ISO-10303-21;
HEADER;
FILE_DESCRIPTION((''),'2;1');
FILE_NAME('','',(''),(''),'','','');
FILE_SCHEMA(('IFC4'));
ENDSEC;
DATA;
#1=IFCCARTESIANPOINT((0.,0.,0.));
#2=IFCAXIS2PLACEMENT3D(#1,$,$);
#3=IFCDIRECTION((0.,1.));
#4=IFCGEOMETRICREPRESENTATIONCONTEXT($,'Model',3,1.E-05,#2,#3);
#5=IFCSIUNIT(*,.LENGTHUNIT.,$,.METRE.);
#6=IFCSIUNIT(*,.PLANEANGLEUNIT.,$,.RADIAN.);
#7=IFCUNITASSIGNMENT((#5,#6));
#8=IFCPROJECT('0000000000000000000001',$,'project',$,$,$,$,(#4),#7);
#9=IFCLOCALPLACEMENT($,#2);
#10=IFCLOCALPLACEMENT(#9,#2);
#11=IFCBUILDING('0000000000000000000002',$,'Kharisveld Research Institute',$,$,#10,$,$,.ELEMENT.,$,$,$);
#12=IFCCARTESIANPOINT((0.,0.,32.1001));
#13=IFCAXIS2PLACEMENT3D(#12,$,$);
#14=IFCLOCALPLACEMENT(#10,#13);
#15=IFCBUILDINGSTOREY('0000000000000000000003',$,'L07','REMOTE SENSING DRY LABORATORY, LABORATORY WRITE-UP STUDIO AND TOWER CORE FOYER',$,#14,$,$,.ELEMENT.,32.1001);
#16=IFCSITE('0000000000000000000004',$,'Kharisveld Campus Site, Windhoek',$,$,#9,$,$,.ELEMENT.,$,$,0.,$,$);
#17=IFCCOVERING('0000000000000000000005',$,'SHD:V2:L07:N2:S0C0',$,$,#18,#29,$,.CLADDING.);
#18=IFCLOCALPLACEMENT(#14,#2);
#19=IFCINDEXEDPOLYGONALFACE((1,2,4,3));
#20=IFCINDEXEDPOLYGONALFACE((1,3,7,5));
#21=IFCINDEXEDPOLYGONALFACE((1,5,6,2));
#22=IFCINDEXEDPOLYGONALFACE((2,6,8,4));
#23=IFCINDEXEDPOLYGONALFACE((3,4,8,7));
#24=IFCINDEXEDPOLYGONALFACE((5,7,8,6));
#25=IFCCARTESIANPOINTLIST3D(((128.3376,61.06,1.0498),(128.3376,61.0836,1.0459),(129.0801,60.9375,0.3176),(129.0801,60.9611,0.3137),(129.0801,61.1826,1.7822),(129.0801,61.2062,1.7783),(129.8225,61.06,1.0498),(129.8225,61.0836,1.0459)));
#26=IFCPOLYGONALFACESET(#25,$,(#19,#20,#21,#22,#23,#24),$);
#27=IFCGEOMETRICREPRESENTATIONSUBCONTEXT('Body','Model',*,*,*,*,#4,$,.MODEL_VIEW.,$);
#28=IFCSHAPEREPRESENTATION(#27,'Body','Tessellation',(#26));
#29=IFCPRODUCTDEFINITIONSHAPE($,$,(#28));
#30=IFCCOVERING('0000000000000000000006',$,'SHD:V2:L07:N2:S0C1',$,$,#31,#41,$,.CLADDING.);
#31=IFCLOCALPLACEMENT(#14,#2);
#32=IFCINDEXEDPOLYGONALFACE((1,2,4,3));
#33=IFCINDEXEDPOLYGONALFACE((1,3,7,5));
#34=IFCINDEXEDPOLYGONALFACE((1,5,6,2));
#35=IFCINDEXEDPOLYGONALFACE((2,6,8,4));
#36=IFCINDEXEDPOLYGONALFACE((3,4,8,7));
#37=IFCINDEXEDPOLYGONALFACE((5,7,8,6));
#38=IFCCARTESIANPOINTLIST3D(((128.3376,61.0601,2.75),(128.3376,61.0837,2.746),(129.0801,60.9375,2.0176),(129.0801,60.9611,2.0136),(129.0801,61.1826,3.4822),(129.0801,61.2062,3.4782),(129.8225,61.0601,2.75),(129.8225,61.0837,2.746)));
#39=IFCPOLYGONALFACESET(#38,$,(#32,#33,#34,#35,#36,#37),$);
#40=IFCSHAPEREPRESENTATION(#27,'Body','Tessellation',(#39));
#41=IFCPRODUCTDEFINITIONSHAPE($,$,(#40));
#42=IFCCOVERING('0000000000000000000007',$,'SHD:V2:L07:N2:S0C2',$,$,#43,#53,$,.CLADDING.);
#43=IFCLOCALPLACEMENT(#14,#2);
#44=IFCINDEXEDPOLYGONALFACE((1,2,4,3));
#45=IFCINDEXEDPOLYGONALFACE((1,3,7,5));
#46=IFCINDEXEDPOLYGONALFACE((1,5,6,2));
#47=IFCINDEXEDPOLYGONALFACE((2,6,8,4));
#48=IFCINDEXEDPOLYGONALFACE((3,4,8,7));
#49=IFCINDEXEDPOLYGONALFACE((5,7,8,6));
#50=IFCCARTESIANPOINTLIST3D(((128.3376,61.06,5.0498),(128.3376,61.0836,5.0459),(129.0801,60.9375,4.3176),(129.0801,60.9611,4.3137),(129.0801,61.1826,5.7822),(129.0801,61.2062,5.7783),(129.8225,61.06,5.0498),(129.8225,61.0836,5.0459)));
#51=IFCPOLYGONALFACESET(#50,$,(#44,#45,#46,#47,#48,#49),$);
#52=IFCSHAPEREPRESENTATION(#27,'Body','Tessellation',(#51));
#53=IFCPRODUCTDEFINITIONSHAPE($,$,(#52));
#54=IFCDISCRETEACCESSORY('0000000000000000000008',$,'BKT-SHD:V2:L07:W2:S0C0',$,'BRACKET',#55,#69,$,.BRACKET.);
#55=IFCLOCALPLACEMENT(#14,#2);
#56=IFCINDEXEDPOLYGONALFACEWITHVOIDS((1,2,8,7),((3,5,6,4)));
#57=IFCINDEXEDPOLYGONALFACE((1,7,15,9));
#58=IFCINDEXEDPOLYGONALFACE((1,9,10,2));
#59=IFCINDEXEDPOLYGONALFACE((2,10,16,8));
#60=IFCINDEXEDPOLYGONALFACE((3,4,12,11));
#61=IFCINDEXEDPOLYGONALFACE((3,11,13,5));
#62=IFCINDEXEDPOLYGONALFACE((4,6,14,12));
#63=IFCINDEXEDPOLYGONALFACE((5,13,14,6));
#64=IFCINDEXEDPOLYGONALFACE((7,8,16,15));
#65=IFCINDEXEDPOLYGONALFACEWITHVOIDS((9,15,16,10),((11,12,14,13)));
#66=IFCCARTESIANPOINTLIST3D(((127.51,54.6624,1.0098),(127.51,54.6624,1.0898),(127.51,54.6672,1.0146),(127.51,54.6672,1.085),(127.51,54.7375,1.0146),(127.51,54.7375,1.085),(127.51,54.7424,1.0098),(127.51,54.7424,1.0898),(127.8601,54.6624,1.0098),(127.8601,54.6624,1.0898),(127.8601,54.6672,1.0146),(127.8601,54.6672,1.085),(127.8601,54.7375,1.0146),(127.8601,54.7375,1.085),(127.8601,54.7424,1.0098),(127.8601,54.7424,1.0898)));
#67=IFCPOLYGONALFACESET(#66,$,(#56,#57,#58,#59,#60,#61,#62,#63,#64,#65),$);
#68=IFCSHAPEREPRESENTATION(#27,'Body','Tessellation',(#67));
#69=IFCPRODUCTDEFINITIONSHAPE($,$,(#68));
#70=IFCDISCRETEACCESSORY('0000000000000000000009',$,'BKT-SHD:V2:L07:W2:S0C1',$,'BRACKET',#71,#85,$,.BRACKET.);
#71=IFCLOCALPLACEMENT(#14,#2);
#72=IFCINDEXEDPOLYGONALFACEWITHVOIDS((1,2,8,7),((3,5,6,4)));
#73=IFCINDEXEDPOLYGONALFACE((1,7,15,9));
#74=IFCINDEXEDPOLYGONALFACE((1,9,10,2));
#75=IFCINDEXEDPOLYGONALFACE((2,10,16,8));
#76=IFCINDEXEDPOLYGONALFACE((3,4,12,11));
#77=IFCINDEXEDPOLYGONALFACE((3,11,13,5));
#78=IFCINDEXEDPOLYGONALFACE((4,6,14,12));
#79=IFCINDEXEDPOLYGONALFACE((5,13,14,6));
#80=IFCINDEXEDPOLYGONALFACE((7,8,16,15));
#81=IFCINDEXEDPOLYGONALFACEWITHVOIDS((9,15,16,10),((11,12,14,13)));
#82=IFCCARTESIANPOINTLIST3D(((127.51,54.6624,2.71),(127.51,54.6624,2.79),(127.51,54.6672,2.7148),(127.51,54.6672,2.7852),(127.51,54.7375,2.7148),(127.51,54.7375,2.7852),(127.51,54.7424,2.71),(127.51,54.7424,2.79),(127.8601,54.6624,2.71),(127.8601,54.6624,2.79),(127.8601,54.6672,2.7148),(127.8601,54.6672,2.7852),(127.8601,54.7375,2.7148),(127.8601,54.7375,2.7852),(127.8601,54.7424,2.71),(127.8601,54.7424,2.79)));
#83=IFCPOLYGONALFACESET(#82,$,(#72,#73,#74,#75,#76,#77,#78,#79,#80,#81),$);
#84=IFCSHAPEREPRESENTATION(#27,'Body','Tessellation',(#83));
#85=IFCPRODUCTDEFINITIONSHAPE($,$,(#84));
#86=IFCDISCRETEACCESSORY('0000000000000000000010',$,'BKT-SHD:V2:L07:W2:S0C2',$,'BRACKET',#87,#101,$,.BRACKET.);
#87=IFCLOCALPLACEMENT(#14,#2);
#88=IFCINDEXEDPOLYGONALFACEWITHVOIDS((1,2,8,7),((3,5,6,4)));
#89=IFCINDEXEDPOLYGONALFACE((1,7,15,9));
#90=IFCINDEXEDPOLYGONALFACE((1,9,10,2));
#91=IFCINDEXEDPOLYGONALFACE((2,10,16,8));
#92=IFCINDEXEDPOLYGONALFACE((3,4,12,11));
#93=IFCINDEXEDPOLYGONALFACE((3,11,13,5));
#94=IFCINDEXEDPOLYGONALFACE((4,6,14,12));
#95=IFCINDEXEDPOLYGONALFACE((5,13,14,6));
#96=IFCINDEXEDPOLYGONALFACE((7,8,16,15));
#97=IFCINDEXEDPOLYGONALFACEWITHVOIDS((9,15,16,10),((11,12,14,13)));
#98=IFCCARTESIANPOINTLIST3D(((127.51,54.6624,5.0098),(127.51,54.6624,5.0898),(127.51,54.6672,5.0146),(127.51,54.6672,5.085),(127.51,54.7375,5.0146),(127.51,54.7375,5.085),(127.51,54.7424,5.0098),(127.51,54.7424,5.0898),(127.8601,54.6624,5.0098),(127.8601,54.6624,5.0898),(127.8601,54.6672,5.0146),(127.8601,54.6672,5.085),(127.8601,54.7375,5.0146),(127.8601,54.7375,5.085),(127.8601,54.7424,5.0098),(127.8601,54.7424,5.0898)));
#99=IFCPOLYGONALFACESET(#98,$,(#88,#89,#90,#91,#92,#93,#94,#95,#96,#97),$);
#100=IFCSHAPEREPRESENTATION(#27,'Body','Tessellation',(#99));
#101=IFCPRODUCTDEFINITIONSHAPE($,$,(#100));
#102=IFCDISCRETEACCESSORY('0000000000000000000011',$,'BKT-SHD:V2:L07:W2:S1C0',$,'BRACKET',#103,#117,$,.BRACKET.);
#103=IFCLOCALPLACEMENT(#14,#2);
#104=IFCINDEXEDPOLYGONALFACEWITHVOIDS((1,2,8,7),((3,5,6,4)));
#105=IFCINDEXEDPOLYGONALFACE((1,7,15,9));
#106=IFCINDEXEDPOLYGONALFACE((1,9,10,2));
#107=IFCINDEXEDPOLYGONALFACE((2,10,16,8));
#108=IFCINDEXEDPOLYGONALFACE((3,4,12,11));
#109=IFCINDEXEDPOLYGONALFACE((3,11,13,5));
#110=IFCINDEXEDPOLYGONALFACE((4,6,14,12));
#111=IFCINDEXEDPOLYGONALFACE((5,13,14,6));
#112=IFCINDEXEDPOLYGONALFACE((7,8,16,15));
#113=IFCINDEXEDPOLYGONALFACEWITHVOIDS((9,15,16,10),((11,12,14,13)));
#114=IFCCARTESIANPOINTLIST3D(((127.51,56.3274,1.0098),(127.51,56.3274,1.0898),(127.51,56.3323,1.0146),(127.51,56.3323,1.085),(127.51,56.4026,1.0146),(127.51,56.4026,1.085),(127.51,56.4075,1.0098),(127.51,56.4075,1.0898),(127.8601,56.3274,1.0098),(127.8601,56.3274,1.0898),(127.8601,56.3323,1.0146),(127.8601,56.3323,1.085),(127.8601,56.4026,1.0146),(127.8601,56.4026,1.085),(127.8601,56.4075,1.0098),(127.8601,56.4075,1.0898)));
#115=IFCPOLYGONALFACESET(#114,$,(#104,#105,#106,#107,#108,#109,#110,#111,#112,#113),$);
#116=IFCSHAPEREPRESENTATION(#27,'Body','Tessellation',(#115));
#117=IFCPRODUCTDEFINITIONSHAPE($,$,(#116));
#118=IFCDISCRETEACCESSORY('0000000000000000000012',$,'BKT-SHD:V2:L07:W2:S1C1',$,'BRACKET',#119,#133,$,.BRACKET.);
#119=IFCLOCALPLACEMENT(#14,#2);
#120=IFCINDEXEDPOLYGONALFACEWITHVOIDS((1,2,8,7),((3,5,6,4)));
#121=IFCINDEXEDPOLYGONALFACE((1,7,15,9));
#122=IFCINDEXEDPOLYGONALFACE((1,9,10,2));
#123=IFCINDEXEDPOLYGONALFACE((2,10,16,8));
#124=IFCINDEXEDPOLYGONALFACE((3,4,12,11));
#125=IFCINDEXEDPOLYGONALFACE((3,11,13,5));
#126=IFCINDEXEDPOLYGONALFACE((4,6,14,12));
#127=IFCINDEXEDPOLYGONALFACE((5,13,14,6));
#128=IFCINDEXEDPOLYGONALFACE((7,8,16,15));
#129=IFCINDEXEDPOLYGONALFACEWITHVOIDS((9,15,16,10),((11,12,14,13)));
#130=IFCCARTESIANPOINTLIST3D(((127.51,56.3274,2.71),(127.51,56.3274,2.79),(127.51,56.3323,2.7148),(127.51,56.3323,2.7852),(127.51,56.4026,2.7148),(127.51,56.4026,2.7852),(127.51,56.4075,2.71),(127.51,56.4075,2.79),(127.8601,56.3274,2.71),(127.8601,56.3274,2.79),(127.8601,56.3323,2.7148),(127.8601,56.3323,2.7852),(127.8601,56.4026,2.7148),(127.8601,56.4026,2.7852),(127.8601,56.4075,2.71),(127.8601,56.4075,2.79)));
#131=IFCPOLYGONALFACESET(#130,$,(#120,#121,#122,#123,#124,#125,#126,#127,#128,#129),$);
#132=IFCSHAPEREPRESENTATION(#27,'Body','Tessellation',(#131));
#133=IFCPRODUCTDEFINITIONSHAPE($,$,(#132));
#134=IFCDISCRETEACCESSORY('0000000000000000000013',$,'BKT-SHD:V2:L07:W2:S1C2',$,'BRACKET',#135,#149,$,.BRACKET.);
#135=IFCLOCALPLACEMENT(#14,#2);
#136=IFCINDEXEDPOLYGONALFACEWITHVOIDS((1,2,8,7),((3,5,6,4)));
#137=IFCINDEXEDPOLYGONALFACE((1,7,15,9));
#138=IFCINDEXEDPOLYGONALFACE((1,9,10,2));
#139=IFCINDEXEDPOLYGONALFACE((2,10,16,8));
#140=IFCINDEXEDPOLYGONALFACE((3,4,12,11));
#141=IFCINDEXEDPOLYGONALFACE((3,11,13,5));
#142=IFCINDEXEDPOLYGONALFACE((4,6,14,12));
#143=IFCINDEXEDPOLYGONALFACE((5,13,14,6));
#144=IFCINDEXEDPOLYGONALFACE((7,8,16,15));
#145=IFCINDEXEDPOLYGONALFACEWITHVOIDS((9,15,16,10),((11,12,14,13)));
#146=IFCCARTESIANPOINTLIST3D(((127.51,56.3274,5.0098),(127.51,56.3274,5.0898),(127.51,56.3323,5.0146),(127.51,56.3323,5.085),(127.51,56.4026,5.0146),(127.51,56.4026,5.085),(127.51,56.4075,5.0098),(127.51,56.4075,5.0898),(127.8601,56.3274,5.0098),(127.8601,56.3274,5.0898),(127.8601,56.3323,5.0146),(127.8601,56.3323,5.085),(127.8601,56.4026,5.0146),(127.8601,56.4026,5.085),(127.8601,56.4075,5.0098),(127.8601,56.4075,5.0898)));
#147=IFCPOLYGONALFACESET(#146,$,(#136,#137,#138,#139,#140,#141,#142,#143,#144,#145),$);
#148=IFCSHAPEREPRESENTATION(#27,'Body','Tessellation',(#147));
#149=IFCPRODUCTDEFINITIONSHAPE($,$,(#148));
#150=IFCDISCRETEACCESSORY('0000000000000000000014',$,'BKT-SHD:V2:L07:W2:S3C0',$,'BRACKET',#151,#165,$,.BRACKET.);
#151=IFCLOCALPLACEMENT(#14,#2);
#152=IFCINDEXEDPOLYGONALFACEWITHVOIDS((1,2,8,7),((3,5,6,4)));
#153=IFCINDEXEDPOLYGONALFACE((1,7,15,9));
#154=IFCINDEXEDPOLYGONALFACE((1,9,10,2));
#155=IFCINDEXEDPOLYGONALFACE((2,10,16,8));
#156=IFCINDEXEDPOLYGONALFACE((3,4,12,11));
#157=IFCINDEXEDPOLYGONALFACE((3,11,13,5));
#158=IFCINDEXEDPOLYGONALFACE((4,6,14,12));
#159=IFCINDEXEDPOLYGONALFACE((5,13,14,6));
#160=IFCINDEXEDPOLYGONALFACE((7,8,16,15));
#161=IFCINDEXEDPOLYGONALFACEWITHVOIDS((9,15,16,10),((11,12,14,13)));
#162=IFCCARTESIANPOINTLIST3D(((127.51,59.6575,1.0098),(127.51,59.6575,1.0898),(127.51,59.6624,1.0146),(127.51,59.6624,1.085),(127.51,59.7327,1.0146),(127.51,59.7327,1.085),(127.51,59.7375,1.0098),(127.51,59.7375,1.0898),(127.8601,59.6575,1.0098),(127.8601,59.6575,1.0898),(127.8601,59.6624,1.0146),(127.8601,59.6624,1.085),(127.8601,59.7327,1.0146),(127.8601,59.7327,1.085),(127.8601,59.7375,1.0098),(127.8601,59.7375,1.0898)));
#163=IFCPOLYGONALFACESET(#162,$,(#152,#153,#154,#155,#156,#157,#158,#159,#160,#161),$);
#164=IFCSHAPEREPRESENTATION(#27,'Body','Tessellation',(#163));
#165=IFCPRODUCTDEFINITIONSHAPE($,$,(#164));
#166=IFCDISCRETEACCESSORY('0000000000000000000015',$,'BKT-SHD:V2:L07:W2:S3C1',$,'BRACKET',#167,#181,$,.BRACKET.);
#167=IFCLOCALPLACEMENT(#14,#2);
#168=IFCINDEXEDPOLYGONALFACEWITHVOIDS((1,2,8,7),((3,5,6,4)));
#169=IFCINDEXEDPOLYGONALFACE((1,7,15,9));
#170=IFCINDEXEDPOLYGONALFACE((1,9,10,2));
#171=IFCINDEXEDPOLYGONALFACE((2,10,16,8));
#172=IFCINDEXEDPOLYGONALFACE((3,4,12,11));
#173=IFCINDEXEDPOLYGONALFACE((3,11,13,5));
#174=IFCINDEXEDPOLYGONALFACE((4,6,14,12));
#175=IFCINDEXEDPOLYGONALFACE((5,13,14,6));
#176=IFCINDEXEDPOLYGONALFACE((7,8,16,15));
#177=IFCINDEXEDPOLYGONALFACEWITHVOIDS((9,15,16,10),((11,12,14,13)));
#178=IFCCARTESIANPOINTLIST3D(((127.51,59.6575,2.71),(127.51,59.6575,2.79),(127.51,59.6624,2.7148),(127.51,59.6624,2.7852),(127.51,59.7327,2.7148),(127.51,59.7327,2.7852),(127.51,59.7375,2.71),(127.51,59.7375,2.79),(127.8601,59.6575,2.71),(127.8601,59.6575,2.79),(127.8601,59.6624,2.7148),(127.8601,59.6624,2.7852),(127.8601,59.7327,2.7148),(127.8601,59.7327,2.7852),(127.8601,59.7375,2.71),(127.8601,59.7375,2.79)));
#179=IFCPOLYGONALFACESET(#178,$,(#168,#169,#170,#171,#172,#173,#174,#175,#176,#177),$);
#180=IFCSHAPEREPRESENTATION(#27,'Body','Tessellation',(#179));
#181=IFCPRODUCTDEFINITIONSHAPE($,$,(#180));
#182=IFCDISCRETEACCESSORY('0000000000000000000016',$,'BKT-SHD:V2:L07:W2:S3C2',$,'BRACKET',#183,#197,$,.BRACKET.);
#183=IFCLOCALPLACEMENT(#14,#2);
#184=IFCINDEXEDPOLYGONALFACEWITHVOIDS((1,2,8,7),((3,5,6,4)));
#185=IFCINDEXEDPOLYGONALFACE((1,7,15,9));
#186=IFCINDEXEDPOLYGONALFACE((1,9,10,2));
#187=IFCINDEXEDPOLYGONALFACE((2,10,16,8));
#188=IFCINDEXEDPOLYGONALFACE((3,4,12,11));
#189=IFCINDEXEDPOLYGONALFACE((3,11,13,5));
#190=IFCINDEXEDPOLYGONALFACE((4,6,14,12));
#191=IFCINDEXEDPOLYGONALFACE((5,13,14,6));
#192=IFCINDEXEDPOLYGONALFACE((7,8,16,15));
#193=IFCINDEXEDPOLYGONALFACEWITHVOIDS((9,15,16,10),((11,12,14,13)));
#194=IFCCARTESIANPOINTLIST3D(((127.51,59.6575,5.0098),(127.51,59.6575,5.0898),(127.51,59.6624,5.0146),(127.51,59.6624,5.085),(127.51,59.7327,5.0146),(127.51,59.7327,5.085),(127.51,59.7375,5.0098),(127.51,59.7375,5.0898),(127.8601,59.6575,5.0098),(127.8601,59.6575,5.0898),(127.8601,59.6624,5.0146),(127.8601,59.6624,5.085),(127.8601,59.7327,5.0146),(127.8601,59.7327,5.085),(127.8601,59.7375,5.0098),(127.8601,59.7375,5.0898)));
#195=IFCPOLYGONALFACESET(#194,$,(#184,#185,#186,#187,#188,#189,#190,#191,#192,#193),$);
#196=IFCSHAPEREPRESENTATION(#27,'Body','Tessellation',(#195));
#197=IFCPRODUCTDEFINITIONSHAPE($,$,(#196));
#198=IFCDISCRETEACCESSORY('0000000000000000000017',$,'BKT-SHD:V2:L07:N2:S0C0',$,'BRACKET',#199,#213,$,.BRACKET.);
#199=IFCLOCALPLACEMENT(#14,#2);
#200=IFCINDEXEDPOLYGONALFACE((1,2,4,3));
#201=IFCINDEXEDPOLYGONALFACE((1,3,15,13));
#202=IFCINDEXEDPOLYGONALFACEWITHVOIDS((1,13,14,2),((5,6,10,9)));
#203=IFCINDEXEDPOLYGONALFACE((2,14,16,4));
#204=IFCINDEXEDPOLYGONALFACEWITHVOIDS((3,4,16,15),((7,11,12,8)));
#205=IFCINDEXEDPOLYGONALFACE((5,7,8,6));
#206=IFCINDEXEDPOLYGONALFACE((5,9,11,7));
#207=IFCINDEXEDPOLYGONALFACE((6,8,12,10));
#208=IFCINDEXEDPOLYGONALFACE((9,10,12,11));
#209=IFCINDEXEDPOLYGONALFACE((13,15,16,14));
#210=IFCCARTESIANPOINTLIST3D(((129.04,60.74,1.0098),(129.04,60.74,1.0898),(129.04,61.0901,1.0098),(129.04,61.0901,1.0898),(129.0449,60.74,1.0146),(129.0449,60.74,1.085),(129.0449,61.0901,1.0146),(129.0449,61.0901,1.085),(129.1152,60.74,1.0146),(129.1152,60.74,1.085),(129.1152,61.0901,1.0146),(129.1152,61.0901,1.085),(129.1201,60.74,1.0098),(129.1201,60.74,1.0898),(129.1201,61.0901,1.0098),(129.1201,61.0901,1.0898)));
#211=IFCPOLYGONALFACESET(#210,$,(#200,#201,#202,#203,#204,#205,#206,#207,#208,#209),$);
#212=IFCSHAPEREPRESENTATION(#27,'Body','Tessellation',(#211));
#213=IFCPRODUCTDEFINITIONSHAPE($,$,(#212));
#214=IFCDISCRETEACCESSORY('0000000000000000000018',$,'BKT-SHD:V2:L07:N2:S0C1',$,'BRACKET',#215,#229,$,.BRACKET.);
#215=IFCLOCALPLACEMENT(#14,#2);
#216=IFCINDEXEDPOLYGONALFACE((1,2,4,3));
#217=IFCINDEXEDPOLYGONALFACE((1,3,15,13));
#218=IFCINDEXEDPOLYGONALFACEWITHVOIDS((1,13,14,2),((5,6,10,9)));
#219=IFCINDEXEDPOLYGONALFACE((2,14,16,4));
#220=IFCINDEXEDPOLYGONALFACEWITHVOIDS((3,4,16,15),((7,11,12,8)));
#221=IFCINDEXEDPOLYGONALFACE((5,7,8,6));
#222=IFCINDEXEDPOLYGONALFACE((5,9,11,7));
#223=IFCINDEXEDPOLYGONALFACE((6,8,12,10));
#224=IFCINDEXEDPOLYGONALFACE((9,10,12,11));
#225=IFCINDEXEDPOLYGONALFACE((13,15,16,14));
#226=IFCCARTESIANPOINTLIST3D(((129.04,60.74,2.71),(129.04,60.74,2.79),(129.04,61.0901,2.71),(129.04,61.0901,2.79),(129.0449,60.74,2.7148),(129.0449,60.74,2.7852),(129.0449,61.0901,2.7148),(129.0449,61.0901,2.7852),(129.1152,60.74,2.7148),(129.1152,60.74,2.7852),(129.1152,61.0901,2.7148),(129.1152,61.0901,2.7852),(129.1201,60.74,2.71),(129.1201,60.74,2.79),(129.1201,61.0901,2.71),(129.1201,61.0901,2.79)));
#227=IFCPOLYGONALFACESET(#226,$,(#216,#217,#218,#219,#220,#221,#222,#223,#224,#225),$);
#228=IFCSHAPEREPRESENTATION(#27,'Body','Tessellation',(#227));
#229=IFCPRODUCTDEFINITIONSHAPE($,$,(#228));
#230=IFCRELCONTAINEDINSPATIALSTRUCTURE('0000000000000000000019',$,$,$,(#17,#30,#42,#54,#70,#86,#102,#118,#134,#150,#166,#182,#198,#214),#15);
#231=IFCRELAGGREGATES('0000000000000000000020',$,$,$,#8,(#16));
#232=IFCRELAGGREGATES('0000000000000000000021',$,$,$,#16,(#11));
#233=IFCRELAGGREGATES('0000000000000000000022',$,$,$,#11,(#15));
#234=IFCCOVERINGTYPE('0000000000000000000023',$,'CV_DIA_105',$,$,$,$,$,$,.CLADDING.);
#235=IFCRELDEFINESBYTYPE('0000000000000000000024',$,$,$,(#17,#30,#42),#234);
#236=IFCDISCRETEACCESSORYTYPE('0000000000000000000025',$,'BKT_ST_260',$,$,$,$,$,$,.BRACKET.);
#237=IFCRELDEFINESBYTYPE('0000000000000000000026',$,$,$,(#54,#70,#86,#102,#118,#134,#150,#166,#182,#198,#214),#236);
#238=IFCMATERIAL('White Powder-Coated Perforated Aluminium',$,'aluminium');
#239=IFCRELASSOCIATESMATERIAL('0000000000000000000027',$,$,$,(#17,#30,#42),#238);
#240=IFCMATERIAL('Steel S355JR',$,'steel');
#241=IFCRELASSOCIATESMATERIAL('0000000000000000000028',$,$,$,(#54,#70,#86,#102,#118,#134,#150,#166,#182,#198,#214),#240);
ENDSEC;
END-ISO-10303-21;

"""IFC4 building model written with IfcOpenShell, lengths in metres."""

from ifc_helpers import new_model, si_unit, direction, frame, origin, origin_2d, place, context, subcontext, project, spatial, polyline, hollow_rectangle, outline, extrude, material, type_object, element, save


model = new_model("IFC4")

# Units and contexts
model_context = context("Model", 3, precision=1e-05, world=origin(), true_north=direction((0.0, 1.0)))
body_context = subcontext(model_context, "Body", "Model", "MODEL_VIEW")
ifc_project = project(units=[si_unit("LENGTHUNIT", "METRE"), si_unit("PLANEANGLEUNIT", "RADIAN")], contexts=[model_context])

# Site, building, storey
site_placement = place(None, origin())
site = spatial("IfcSite", under=ifc_project, at=site_placement, Name="Kharisveld Campus Site, Windhoek", CompositionType="ELEMENT", RefElevation=0.0)
building_placement = place(site_placement, origin())
building = spatial("IfcBuilding", under=site, at=building_placement, Name="Kharisveld Research Institute", CompositionType="ELEMENT")
storey_placement = place(building_placement, frame((0.0, 0.0, 32.1001)))
storey = spatial("IfcBuildingStorey", under=building, at=storey_placement, Name="L07", Description="REMOTE SENSING DRY LABORATORY, LABORATORY WRITE-UP STUDIO AND TOWER CORE FOYER", CompositionType="ELEMENT", Elevation=32.1001)

# Coverings
ifc_material_1 = material(Name="White Powder-Coated Perforated Aluminium", Category="aluminium")
covering_type = type_object("IfcCoveringType", Name="CV_DIA_105", PredefinedType="CLADDING")
covering_1_placement = place(storey_placement, frame((129.0801, 60.9375, 0.3176), z_axis=(0.0, -0.986283, 0.165065), x_axis=(0.707139, 0.116714, 0.697376)))
element("IfcCovering", 1, at=covering_1_placement, inside=storey, type_object=covering_type, material=ifc_material_1, Name="SHD:V2:L07:N2:S0C0", PredefinedType="CLADDING", context=body_context, shape_type="SweptSolid", body=[
    extrude(outline(polyline([(0.0, 0.0), (1.0499, 0.0), (1.05, 1.0501), (-0.0001, 1.0499), (0.0, 0.0)])), origin(), (0.0, 0.0, -1.0), 0.0239),
])
covering_2_placement = place(storey_placement, frame((129.0801, 60.9375, 2.0176), z_axis=(0.0, -0.986283, 0.165065), x_axis=(0.707024, 0.116733, 0.697489)))
element("IfcCovering", 2, at=covering_2_placement, inside=storey, type_object=covering_type, material=ifc_material_1, Name="SHD:V2:L07:N2:S0C1", PredefinedType="CLADDING", context=body_context, shape_type="SweptSolid", body=[
    extrude(outline(polyline([(0.0, 0.0), (1.0501, 0.0), (1.0502, 1.0499), (0.0002, 1.0501), (0.0, 0.0)])), origin(), (0.0, 0.0, -1.0), 0.0239),
])
covering_3_placement = place(storey_placement, frame((129.0801, 60.9375, 4.3176), z_axis=(0.0, -0.986283, 0.165065), x_axis=(0.707139, 0.116714, 0.697376)))
element("IfcCovering", 3, at=covering_3_placement, inside=storey, type_object=covering_type, material=ifc_material_1, Name="SHD:V2:L07:N2:S0C2", PredefinedType="CLADDING", context=body_context, shape_type="SweptSolid", body=[
    extrude(outline(polyline([(0.0, 0.0), (1.0499, 0.0), (1.05, 1.0501), (-0.0001, 1.0499), (0.0, 0.0)])), origin(), (0.0, 0.0, -1.0), 0.0239),
])

# Discrete accessories
ifc_material_2 = material(Name="Steel S355JR", Category="steel")
discrete_accessory_type = type_object("IfcDiscreteAccessoryType", Name="BKT_ST_260", PredefinedType="BRACKET")
for number, where, z_axis, x_axis, name in (
    (4, (127.8601, 54.7024, 1.0498), (-1.0, 0.0, 0.0), (0.0, -1.0, 0.0), "BKT-SHD:V2:L07:W2:S0C0"),
    (5, (127.8601, 54.7024, 2.75), (-1.0, 0.0, 0.0), (0.0, -1.0, 0.0), "BKT-SHD:V2:L07:W2:S0C1"),
    (6, (127.8601, 54.7024, 5.0498), (-1.0, 0.0, 0.0), (0.0, -1.0, 0.0), "BKT-SHD:V2:L07:W2:S0C2"),
    (7, (127.8601, 56.3674, 1.0498), (-1.0, 0.0, 0.0), (0.0, -1.0, 0.0), "BKT-SHD:V2:L07:W2:S1C0"),
    (8, (127.8601, 56.3674, 2.75), (-1.0, 0.0, 0.0), (0.0, -1.0, 0.0), "BKT-SHD:V2:L07:W2:S1C1"),
    (9, (127.8601, 56.3674, 5.0498), (-1.0, 0.0, 0.0), (0.0, -1.0, 0.0), "BKT-SHD:V2:L07:W2:S1C2"),
    (10, (127.8601, 59.6975, 1.0498), (-1.0, 0.0, 0.0), (0.0, -1.0, 0.0), "BKT-SHD:V2:L07:W2:S3C0"),
    (11, (127.8601, 59.6975, 2.75), (-1.0, 0.0, 0.0), (0.0, -1.0, 0.0), "BKT-SHD:V2:L07:W2:S3C1"),
    (12, (127.8601, 59.6975, 5.0498), (-1.0, 0.0, 0.0), (0.0, -1.0, 0.0), "BKT-SHD:V2:L07:W2:S3C2"),
    (13, (129.0801, 60.74, 1.0498), (0.0, 1.0, 0.0), (-1.0, 0.0, 0.0), "BKT-SHD:V2:L07:N2:S0C0"),
    (14, (129.0801, 60.74, 2.75), (0.0, 1.0, 0.0), (-1.0, 0.0, 0.0), "BKT-SHD:V2:L07:N2:S0C1"),
):
    element("IfcDiscreteAccessory", number, at=place(storey_placement, frame(where, z_axis=z_axis, x_axis=x_axis)), inside=storey, type_object=discrete_accessory_type, material=ifc_material_2, Name=name, ObjectType="BRACKET", PredefinedType="BRACKET", context=body_context, shape_type="SweptSolid", body=[
        extrude(hollow_rectangle(XDim=0.0801, YDim=0.0801, WallThickness=0.0049, at=origin_2d()), origin(), (0.0, 0.0, 1.0), 0.3501),
    ])

save(model, "model.ifc")
